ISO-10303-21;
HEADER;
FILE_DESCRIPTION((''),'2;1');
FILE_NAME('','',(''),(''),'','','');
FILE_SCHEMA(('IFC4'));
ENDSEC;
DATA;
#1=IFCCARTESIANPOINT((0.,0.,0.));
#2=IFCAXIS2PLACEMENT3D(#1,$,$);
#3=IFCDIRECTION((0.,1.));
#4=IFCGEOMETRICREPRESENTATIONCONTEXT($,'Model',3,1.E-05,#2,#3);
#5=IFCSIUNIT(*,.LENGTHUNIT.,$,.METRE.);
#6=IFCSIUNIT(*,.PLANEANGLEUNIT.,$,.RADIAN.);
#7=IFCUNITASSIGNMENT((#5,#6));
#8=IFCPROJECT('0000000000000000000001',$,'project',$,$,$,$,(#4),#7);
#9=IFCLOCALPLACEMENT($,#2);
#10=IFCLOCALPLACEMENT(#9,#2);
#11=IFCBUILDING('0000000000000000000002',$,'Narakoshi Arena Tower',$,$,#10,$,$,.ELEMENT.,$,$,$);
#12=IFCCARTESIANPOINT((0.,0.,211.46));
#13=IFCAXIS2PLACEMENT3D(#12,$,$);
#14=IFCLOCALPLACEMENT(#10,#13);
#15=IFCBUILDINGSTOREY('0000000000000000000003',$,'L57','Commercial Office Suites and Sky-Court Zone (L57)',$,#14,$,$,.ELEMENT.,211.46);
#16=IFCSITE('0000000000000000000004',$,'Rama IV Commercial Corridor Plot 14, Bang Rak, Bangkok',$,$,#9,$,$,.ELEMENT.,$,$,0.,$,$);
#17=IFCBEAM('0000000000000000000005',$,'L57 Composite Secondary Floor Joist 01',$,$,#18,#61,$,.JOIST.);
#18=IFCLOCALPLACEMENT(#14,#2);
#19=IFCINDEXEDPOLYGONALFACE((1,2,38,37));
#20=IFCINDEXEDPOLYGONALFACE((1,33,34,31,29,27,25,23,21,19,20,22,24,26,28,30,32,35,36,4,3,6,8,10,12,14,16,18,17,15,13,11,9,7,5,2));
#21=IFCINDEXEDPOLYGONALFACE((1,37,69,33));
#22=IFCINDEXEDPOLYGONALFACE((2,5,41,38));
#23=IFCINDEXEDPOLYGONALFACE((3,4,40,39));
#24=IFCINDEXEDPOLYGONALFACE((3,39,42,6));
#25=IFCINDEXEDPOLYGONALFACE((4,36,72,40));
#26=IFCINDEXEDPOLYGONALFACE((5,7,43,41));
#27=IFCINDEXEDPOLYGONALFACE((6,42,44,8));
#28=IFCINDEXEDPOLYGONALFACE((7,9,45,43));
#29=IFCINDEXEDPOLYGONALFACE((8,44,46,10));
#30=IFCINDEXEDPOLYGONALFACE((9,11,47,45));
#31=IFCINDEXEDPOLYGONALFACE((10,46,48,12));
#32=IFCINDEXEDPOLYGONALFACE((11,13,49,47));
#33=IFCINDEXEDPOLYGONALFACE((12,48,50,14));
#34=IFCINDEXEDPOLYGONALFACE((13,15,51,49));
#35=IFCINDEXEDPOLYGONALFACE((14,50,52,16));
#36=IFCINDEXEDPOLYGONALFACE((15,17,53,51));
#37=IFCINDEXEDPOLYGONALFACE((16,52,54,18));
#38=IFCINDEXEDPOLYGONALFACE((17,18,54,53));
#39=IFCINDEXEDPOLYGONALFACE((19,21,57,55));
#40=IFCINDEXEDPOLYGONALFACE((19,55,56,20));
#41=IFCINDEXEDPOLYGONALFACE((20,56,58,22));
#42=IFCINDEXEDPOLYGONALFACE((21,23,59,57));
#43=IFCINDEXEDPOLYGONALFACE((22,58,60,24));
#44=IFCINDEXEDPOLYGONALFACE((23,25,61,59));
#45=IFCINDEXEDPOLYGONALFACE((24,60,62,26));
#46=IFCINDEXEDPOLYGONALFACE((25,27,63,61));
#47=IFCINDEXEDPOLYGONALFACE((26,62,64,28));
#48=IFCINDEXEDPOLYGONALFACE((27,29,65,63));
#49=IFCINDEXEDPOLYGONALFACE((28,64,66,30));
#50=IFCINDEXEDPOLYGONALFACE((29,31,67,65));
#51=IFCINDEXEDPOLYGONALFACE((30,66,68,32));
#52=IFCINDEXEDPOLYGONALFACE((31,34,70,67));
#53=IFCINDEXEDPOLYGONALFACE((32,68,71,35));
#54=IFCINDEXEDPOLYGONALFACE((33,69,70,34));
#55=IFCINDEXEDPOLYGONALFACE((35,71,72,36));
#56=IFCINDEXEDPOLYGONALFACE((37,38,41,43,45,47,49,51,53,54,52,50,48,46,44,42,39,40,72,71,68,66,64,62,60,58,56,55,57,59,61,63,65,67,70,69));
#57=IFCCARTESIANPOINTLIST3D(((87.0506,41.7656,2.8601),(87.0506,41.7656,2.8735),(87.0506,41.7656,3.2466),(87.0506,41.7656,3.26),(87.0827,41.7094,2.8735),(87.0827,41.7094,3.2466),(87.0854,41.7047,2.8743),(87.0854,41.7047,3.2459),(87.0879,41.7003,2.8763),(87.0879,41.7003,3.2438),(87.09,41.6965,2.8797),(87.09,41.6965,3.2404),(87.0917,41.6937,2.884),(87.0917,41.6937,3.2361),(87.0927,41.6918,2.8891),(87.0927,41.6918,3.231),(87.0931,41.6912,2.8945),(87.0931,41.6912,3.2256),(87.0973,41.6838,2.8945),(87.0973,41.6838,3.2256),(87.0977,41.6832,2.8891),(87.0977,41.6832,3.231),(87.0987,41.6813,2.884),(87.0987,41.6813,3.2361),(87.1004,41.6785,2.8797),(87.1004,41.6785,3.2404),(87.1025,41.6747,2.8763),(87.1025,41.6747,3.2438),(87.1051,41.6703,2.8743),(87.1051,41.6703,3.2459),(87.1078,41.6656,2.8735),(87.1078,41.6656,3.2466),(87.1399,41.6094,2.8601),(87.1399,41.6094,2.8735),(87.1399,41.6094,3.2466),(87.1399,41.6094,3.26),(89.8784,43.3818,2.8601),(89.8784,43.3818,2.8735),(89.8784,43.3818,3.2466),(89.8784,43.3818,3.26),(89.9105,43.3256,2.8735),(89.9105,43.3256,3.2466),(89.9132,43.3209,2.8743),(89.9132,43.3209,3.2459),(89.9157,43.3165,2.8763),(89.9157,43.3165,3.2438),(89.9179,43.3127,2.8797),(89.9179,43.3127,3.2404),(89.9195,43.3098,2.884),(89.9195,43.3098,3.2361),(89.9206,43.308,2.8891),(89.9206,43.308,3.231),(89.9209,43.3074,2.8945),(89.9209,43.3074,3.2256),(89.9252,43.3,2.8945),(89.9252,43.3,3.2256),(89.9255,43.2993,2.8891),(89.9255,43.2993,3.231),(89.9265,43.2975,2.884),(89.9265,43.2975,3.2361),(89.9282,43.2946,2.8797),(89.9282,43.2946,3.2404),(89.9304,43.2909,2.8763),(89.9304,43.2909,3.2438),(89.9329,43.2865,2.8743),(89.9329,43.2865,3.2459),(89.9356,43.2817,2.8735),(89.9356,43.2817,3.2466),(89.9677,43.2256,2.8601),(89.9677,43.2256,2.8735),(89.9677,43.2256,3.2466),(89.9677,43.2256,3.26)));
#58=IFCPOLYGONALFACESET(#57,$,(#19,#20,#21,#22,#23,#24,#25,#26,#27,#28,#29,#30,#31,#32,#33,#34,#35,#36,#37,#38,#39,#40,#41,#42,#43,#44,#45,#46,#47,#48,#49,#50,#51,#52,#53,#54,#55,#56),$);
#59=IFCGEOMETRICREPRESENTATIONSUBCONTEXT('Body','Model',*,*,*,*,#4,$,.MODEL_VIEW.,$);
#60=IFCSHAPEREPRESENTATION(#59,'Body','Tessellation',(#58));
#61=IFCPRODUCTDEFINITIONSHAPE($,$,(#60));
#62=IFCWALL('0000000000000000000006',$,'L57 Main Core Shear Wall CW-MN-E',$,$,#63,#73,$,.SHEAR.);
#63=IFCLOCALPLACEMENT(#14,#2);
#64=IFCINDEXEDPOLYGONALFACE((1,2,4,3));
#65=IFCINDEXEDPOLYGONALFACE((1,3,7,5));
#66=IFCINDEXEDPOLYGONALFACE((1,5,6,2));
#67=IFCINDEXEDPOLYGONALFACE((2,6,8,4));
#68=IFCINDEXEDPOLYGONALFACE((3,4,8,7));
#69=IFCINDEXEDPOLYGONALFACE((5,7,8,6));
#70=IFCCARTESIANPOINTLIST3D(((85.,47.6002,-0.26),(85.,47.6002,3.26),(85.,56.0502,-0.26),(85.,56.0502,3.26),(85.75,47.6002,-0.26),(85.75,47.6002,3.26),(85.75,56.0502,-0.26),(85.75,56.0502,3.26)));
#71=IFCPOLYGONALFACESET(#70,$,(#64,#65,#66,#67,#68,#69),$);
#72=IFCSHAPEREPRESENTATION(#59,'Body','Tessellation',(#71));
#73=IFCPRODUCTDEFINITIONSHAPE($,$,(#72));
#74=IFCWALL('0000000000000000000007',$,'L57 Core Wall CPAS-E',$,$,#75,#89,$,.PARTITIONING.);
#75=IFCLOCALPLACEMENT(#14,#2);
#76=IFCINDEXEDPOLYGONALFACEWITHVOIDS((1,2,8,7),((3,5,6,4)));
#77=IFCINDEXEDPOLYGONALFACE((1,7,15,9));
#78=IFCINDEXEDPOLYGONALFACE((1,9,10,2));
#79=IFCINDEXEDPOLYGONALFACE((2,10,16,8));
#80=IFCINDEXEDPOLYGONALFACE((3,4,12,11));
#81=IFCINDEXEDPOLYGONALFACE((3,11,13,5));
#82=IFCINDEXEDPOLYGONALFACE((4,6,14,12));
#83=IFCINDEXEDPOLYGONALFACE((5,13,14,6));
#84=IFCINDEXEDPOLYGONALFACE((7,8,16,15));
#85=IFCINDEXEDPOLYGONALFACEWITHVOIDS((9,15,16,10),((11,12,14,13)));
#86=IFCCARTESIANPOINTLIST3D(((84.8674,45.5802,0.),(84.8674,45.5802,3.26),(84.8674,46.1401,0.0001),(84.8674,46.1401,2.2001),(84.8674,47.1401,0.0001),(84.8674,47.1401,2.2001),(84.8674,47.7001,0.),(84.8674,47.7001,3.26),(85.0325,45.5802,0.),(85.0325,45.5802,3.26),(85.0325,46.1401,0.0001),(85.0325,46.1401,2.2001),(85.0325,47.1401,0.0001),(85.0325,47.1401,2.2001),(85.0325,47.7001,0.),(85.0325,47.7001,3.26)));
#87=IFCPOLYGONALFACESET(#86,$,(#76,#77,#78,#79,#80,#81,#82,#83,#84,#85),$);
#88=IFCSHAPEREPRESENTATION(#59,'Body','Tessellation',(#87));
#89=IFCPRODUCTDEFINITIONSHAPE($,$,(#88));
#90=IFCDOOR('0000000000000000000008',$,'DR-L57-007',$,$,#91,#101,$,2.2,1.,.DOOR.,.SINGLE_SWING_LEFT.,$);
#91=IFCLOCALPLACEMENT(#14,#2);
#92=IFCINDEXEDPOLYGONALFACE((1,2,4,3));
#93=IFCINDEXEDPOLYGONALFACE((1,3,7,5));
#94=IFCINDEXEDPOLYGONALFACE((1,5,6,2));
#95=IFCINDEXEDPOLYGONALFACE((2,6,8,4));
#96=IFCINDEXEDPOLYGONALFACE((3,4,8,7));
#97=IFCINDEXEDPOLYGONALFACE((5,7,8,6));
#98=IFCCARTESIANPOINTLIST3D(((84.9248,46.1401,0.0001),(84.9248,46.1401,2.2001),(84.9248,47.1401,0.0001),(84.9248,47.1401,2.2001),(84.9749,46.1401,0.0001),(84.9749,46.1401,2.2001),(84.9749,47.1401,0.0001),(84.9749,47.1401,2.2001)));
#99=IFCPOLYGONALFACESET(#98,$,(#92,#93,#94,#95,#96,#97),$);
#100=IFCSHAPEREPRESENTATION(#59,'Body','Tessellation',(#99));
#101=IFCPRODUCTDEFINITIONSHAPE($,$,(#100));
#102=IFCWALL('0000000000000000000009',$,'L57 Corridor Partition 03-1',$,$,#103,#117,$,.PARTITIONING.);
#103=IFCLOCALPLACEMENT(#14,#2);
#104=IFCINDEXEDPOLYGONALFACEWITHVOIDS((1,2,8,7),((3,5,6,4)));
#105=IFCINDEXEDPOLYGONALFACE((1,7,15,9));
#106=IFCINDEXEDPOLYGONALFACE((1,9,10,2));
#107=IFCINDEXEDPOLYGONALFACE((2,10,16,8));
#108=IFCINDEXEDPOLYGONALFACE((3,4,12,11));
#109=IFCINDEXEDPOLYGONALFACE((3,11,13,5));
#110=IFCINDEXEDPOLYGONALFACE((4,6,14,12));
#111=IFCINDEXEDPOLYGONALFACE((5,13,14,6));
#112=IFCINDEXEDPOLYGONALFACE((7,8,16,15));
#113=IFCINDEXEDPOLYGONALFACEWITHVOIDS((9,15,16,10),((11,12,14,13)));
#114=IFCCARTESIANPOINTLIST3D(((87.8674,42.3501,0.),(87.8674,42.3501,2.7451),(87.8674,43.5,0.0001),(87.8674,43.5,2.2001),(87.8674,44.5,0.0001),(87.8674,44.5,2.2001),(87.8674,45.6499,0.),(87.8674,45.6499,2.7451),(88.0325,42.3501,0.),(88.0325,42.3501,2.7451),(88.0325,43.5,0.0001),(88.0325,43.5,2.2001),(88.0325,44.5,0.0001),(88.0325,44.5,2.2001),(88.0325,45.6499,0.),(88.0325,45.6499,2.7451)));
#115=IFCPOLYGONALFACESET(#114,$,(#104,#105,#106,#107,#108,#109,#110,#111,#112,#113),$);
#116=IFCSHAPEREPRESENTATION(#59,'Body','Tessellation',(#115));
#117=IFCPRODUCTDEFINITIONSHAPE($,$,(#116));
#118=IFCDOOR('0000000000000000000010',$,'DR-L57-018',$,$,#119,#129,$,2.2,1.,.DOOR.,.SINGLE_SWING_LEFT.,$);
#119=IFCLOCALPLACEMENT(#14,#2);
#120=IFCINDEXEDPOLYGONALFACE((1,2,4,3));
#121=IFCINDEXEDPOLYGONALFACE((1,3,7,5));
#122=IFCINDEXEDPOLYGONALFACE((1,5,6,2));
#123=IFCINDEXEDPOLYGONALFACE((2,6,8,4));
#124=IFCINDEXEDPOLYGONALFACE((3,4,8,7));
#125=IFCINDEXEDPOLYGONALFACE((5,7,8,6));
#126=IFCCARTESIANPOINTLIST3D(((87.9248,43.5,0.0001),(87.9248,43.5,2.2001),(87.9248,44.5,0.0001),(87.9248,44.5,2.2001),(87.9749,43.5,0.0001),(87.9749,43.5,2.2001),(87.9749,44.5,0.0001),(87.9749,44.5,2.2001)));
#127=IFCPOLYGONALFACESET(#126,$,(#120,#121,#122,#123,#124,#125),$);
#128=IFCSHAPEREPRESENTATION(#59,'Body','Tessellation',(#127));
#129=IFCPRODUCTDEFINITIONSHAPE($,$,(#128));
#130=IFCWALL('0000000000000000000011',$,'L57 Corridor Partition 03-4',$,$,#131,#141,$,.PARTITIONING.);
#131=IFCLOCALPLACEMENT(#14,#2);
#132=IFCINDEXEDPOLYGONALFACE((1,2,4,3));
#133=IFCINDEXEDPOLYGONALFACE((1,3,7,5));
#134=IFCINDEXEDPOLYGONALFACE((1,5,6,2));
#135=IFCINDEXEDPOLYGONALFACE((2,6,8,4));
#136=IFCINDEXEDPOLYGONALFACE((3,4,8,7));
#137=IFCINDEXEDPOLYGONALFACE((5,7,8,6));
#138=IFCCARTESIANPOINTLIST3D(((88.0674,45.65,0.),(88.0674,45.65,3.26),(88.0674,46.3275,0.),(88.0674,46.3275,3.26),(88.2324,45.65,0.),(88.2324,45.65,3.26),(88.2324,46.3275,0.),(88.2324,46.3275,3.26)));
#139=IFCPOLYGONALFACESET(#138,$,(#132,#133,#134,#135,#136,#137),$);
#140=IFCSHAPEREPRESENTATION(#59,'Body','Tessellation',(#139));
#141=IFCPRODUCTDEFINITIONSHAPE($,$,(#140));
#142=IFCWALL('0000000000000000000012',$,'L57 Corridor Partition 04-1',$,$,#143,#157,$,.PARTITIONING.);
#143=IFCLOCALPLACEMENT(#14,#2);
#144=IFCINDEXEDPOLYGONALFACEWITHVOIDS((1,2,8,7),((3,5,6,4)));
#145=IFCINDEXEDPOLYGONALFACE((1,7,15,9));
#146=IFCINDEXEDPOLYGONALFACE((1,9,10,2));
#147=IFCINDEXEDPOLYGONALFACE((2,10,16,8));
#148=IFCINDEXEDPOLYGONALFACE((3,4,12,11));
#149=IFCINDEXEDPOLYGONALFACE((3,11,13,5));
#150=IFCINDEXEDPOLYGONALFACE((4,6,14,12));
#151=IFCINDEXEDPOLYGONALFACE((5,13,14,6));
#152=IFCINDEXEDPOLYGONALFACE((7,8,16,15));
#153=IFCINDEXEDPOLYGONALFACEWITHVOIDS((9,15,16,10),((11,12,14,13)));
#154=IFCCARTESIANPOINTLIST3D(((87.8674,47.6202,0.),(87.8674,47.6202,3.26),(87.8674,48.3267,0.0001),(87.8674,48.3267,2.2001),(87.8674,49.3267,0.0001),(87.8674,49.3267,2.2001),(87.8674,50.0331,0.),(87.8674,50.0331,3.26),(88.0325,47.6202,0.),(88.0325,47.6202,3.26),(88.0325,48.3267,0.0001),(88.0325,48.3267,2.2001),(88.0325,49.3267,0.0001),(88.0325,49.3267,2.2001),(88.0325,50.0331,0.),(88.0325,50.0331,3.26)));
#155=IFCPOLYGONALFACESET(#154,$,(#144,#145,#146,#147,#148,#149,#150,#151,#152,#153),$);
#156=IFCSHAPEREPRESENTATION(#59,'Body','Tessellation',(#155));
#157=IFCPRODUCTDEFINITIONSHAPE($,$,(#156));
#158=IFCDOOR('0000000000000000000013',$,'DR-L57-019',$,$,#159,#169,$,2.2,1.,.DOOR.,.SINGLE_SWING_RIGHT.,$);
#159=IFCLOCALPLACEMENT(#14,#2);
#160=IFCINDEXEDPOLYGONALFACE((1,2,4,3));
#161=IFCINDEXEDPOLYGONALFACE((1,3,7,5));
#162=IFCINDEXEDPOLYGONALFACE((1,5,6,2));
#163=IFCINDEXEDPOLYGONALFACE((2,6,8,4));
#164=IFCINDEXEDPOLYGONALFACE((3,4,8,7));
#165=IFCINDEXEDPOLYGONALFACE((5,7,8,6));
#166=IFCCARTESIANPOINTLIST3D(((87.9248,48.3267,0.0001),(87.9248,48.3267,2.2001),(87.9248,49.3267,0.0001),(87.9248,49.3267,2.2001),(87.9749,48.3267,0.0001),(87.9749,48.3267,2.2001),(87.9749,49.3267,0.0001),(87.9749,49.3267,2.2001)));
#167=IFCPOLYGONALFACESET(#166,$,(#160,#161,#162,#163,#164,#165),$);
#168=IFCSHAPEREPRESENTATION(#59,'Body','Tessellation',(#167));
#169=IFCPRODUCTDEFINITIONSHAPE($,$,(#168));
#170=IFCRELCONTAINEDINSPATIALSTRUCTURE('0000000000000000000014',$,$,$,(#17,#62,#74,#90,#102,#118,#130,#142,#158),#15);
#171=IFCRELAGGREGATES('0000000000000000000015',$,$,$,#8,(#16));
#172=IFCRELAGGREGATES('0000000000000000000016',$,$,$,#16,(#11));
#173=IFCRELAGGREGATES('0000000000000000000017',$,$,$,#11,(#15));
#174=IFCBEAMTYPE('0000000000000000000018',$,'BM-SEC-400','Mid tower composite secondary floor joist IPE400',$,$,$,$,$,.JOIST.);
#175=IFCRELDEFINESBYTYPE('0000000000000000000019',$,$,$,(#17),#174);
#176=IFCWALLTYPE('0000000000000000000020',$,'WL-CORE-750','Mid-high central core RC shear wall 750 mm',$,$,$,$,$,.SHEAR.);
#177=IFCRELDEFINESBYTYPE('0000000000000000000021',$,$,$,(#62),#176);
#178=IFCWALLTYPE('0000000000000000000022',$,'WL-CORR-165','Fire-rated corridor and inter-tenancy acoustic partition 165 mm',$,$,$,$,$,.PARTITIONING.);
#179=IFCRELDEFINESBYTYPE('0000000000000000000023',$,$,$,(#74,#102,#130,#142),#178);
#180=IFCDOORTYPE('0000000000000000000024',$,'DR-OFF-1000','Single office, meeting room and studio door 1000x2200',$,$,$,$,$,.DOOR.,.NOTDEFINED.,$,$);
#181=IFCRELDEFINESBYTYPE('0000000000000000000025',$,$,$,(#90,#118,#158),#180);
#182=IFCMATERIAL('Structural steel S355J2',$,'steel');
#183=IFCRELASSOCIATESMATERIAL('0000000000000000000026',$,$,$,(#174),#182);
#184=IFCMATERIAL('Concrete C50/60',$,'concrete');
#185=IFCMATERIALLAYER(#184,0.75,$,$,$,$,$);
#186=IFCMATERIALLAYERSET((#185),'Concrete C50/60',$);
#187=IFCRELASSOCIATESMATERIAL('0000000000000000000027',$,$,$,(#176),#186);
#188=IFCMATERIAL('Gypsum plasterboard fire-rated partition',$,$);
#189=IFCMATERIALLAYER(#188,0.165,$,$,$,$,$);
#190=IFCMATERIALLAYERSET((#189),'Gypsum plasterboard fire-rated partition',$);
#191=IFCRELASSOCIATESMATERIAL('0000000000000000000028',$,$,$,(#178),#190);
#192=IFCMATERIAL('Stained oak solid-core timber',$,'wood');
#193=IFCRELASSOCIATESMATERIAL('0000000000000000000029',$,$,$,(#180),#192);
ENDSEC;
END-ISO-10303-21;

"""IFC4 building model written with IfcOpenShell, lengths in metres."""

from ifc_helpers import new_model, si_unit, direction, frame, frame_2d, origin, origin_2d, place, context, subcontext, project, spatial, rectangle, i_section, extrude, material, layer, layer_set, material_profile, profile_set, type_object, element, fill, save


model = new_model("IFC4")

# Units and contexts
model_context = context("Model", 3, precision=1e-05, world=origin(), true_north=direction((0.0, 1.0)))
body_context = subcontext(model_context, "Body", "Model", "MODEL_VIEW")
ifc_project = project(units=[si_unit("LENGTHUNIT", "METRE"), si_unit("PLANEANGLEUNIT", "RADIAN")], contexts=[model_context])

# Site, building, storey
site_placement = place(None, origin())
site = spatial("IfcSite", under=ifc_project, at=site_placement, Name="Rama IV Commercial Corridor Plot 14, Bang Rak, Bangkok", CompositionType="ELEMENT", RefElevation=0.0)
building_placement = place(site_placement, origin())
building = spatial("IfcBuilding", under=site, at=building_placement, Name="Narakoshi Arena Tower", CompositionType="ELEMENT")
storey_placement = place(building_placement, frame((0.0, 0.0, 211.46)))
storey = spatial("IfcBuildingStorey", under=building, at=storey_placement, Name="L57", Description="Commercial Office Suites and Sky-Court Zone (L57)", CompositionType="ELEMENT", Elevation=211.46)

# Beam
ifc_material_1 = material(Name="Structural steel S355J2", Category="steel")
ifc_material_profile_1 = material_profile(ifc_material_1, i_section(OverallWidth=0.1799, OverallDepth=0.3999, WebThickness=0.0085, FlangeThickness=0.0134, FilletRadius=0.021, at=origin_2d()), Name="IPE400")
ifc_profile_set_1 = profile_set([ifc_material_profile_1], Name="Structural steel S355J2")
beam_type_1 = type_object("IfcBeamType", Name="BM-SEC-400", Description="Mid tower composite secondary floor joist IPE400", PredefinedType="JOIST", material=ifc_profile_set_1)
beam_1_placement = place(storey_placement, frame((87.0952, 41.6875, 3.0601), z_axis=(0.868206, 0.496204, 0.0), x_axis=(-0.496204, 0.868206, 0.0)))
element("IfcBeam", 1, at=beam_1_placement, inside=storey, type_object=beam_type_1, Name="L57 Composite Secondary Floor Joist 01", PredefinedType="JOIST", context=body_context, shape_type="SweptSolid", body=[
    extrude(i_section(OverallWidth=0.1799, OverallDepth=0.3999, WebThickness=0.0085, FlangeThickness=0.0134, FilletRadius=0.021, at=origin_2d()), origin(), (0.0, 0.0, 1.0), 3.2571),
])

# Wall
ifc_material_2 = material(Name="Concrete C50/60", Category="concrete")
ifc_layer_1 = layer(ifc_material_2, 0.75)
ifc_layer_set_1 = layer_set([ifc_layer_1], Name="Concrete C50/60")
wall_type_1 = type_object("IfcWallType", Name="WL-CORE-750", Description="Mid-high central core RC shear wall 750 mm", PredefinedType="SHEAR", material=ifc_layer_set_1)
wall_1_placement = place(storey_placement, frame((85.375, 47.6001, -0.26), z_axis=(0.0, 0.0, 1.0), x_axis=(0.0, 1.0, 0.0)))
element("IfcWall", 2, at=wall_1_placement, inside=storey, type_object=wall_type_1, Name="L57 Main Core Shear Wall CW-MN-E", PredefinedType="SHEAR", context=body_context, shape_type="SweptSolid", body=[
    extrude(rectangle(XDim=8.45, YDim=0.75, at=frame_2d((4.2251, 0.0))), origin(), (0.0, 0.0, 1.0), 3.52),
])

# Walls, openings, doors
ifc_material_3 = material(Name="Gypsum plasterboard fire-rated partition")
ifc_layer_2 = layer(ifc_material_3, 0.165)
ifc_layer_set_2 = layer_set([ifc_layer_2], Name="Gypsum plasterboard fire-rated partition")
wall_type_2 = type_object("IfcWallType", Name="WL-CORR-165", Description="Fire-rated corridor and inter-tenancy acoustic partition 165 mm", PredefinedType="PARTITIONING", material=ifc_layer_set_2)
wall_2_placement = place(storey_placement, frame((84.95, 45.5801, 0.0), z_axis=(0.0, 0.0, 1.0), x_axis=(0.0, 1.0, 0.0)))
wall_2 = element("IfcWall", 3, at=wall_2_placement, inside=storey, type_object=wall_type_2, Name="L57 Core Wall CPAS-E", PredefinedType="PARTITIONING", context=body_context, shape_type="SweptSolid", body=[
    extrude(rectangle(XDim=2.1199, YDim=0.165, at=frame_2d((1.0601, 0.0))), origin(), (0.0, 0.0, 1.0), 3.26),
])
opening_1_placement = place(wall_2_placement, frame((0.5601, 0.0, 0.0)))
opening_1 = element("IfcOpeningElement", 4, at=opening_1_placement, cuts=wall_2, PredefinedType="OPENING", context=body_context, shape_type="SweptSolid", body=[
    extrude(rectangle(XDim=1.0, YDim=2.2, at=frame_2d((0.5, 1.1001))), frame((0.0, 0.0925, 0.0), z_axis=(0.0, -1.0, 0.0), x_axis=(1.0, 0.0, 0.0)), (0.0, 0.0, 1.0), 0.1851),
])
ifc_material_4 = material(Name="Stained oak solid-core timber", Category="wood")
door_type_1 = type_object("IfcDoorType", Name="DR-OFF-1000", Description="Single office, meeting room and studio door 1000x2200", OperationType="NOTDEFINED", PredefinedType="DOOR", material=ifc_material_4)
door_1_placement = place(opening_1_placement, frame((1.0, 0.0, 0.0), z_axis=(0.0, 0.0, 1.0), x_axis=(-1.0, 0.0, 0.0)))
door_1 = element("IfcDoor", 5, at=door_1_placement, inside=storey, type_object=door_type_1, Name="DR-L57-007", OperationType="SINGLE_SWING_LEFT", OverallHeight=2.2, OverallWidth=1.0, PredefinedType="DOOR", context=body_context, shape_type="SweptSolid", body=[
    extrude(rectangle(XDim=1.0, YDim=2.2, at=frame_2d((0.5, 1.1001))), frame((0.0, 0.0249, 0.0), z_axis=(0.0, -1.0, 0.0), x_axis=(1.0, 0.0, 0.0)), (0.0, 0.0, 1.0), 0.05),
])
fill(opening_1, door_1)
wall_3_placement = place(storey_placement, frame((87.95, 42.3501, 0.0), z_axis=(0.0, 0.0, 1.0), x_axis=(0.0, 1.0, 0.0)))
wall_3 = element("IfcWall", 6, at=wall_3_placement, inside=storey, type_object=wall_type_2, Name="L57 Corridor Partition 03-1", PredefinedType="PARTITIONING", context=body_context, shape_type="SweptSolid", body=[
    extrude(rectangle(XDim=3.2998, YDim=0.165, at=frame_2d((1.6499, 0.0))), origin(), (0.0, 0.0, 1.0), 2.7451),
])
opening_2_placement = place(wall_3_placement, frame((1.1499, 0.0, 0.0)))
opening_2 = element("IfcOpeningElement", 7, at=opening_2_placement, cuts=wall_3, PredefinedType="OPENING", context=body_context, shape_type="SweptSolid", body=[
    extrude(rectangle(XDim=1.0, YDim=2.2, at=frame_2d((0.5, 1.1001))), frame((0.0, 0.0925, 0.0), z_axis=(0.0, -1.0, 0.0), x_axis=(1.0, 0.0, 0.0)), (0.0, 0.0, 1.0), 0.1851),
])
door_2_placement = place(opening_2_placement, frame((1.0, 0.0, 0.0), z_axis=(0.0, 0.0, 1.0), x_axis=(-1.0, 0.0, 0.0)))
door_2 = element("IfcDoor", 8, at=door_2_placement, inside=storey, type_object=door_type_1, Name="DR-L57-018", OperationType="SINGLE_SWING_LEFT", OverallHeight=2.2, OverallWidth=1.0, PredefinedType="DOOR", context=body_context, shape_type="SweptSolid", body=[
    extrude(rectangle(XDim=1.0, YDim=2.2, at=frame_2d((0.5, 1.1001))), frame((0.0, 0.0249, 0.0), z_axis=(0.0, -1.0, 0.0), x_axis=(1.0, 0.0, 0.0)), (0.0, 0.0, 1.0), 0.05),
])
fill(opening_2, door_2)

# Wall
wall_4_placement = place(storey_placement, frame((88.1499, 45.6499, 0.0), z_axis=(0.0, 0.0, 1.0), x_axis=(0.0, 1.0, 0.0)))
element("IfcWall", 9, at=wall_4_placement, inside=storey, type_object=wall_type_2, Name="L57 Corridor Partition 03-4", PredefinedType="PARTITIONING", context=body_context, shape_type="SweptSolid", body=[
    extrude(rectangle(XDim=0.6775, YDim=0.165, at=frame_2d((0.3389, 0.0))), origin(), (0.0, 0.0, 1.0), 3.26),
])

# Wall, opening, door
wall_5_placement = place(storey_placement, frame((87.95, 47.6201, 0.0), z_axis=(0.0, 0.0, 1.0), x_axis=(0.0, 1.0, 0.0)))
wall_5 = element("IfcWall", 10, at=wall_5_placement, inside=storey, type_object=wall_type_2, Name="L57 Corridor Partition 04-1", PredefinedType="PARTITIONING", context=body_context, shape_type="SweptSolid", body=[
    extrude(rectangle(XDim=2.4128, YDim=0.165, at=frame_2d((1.2065, 0.0))), origin(), (0.0, 0.0, 1.0), 3.26),
])
opening_3_placement = place(wall_5_placement, frame((0.7065, 0.0, 0.0)))
opening_3 = element("IfcOpeningElement", 11, at=opening_3_placement, cuts=wall_5, PredefinedType="OPENING", context=body_context, shape_type="SweptSolid", body=[
    extrude(rectangle(XDim=1.0, YDim=2.2, at=frame_2d((0.5, 1.1001))), frame((0.0, 0.0925, 0.0), z_axis=(0.0, -1.0, 0.0), x_axis=(1.0, 0.0, 0.0)), (0.0, 0.0, 1.0), 0.1851),
])
door_3_placement = place(opening_3_placement, frame((1.0, 0.0, 0.0), z_axis=(0.0, 0.0, 1.0), x_axis=(-1.0, 0.0, 0.0)))
door_3 = element("IfcDoor", 12, at=door_3_placement, inside=storey, type_object=door_type_1, Name="DR-L57-019", OperationType="SINGLE_SWING_RIGHT", OverallHeight=2.2, OverallWidth=1.0, PredefinedType="DOOR", context=body_context, shape_type="SweptSolid", body=[
    extrude(rectangle(XDim=1.0, YDim=2.2, at=frame_2d((0.5, 1.1001))), frame((0.0, 0.0249, 0.0), z_axis=(0.0, -1.0, 0.0), x_axis=(1.0, 0.0, 0.0)), (0.0, 0.0, 1.0), 0.05),
])
fill(opening_3, door_3)

save(model, "model.ifc")
